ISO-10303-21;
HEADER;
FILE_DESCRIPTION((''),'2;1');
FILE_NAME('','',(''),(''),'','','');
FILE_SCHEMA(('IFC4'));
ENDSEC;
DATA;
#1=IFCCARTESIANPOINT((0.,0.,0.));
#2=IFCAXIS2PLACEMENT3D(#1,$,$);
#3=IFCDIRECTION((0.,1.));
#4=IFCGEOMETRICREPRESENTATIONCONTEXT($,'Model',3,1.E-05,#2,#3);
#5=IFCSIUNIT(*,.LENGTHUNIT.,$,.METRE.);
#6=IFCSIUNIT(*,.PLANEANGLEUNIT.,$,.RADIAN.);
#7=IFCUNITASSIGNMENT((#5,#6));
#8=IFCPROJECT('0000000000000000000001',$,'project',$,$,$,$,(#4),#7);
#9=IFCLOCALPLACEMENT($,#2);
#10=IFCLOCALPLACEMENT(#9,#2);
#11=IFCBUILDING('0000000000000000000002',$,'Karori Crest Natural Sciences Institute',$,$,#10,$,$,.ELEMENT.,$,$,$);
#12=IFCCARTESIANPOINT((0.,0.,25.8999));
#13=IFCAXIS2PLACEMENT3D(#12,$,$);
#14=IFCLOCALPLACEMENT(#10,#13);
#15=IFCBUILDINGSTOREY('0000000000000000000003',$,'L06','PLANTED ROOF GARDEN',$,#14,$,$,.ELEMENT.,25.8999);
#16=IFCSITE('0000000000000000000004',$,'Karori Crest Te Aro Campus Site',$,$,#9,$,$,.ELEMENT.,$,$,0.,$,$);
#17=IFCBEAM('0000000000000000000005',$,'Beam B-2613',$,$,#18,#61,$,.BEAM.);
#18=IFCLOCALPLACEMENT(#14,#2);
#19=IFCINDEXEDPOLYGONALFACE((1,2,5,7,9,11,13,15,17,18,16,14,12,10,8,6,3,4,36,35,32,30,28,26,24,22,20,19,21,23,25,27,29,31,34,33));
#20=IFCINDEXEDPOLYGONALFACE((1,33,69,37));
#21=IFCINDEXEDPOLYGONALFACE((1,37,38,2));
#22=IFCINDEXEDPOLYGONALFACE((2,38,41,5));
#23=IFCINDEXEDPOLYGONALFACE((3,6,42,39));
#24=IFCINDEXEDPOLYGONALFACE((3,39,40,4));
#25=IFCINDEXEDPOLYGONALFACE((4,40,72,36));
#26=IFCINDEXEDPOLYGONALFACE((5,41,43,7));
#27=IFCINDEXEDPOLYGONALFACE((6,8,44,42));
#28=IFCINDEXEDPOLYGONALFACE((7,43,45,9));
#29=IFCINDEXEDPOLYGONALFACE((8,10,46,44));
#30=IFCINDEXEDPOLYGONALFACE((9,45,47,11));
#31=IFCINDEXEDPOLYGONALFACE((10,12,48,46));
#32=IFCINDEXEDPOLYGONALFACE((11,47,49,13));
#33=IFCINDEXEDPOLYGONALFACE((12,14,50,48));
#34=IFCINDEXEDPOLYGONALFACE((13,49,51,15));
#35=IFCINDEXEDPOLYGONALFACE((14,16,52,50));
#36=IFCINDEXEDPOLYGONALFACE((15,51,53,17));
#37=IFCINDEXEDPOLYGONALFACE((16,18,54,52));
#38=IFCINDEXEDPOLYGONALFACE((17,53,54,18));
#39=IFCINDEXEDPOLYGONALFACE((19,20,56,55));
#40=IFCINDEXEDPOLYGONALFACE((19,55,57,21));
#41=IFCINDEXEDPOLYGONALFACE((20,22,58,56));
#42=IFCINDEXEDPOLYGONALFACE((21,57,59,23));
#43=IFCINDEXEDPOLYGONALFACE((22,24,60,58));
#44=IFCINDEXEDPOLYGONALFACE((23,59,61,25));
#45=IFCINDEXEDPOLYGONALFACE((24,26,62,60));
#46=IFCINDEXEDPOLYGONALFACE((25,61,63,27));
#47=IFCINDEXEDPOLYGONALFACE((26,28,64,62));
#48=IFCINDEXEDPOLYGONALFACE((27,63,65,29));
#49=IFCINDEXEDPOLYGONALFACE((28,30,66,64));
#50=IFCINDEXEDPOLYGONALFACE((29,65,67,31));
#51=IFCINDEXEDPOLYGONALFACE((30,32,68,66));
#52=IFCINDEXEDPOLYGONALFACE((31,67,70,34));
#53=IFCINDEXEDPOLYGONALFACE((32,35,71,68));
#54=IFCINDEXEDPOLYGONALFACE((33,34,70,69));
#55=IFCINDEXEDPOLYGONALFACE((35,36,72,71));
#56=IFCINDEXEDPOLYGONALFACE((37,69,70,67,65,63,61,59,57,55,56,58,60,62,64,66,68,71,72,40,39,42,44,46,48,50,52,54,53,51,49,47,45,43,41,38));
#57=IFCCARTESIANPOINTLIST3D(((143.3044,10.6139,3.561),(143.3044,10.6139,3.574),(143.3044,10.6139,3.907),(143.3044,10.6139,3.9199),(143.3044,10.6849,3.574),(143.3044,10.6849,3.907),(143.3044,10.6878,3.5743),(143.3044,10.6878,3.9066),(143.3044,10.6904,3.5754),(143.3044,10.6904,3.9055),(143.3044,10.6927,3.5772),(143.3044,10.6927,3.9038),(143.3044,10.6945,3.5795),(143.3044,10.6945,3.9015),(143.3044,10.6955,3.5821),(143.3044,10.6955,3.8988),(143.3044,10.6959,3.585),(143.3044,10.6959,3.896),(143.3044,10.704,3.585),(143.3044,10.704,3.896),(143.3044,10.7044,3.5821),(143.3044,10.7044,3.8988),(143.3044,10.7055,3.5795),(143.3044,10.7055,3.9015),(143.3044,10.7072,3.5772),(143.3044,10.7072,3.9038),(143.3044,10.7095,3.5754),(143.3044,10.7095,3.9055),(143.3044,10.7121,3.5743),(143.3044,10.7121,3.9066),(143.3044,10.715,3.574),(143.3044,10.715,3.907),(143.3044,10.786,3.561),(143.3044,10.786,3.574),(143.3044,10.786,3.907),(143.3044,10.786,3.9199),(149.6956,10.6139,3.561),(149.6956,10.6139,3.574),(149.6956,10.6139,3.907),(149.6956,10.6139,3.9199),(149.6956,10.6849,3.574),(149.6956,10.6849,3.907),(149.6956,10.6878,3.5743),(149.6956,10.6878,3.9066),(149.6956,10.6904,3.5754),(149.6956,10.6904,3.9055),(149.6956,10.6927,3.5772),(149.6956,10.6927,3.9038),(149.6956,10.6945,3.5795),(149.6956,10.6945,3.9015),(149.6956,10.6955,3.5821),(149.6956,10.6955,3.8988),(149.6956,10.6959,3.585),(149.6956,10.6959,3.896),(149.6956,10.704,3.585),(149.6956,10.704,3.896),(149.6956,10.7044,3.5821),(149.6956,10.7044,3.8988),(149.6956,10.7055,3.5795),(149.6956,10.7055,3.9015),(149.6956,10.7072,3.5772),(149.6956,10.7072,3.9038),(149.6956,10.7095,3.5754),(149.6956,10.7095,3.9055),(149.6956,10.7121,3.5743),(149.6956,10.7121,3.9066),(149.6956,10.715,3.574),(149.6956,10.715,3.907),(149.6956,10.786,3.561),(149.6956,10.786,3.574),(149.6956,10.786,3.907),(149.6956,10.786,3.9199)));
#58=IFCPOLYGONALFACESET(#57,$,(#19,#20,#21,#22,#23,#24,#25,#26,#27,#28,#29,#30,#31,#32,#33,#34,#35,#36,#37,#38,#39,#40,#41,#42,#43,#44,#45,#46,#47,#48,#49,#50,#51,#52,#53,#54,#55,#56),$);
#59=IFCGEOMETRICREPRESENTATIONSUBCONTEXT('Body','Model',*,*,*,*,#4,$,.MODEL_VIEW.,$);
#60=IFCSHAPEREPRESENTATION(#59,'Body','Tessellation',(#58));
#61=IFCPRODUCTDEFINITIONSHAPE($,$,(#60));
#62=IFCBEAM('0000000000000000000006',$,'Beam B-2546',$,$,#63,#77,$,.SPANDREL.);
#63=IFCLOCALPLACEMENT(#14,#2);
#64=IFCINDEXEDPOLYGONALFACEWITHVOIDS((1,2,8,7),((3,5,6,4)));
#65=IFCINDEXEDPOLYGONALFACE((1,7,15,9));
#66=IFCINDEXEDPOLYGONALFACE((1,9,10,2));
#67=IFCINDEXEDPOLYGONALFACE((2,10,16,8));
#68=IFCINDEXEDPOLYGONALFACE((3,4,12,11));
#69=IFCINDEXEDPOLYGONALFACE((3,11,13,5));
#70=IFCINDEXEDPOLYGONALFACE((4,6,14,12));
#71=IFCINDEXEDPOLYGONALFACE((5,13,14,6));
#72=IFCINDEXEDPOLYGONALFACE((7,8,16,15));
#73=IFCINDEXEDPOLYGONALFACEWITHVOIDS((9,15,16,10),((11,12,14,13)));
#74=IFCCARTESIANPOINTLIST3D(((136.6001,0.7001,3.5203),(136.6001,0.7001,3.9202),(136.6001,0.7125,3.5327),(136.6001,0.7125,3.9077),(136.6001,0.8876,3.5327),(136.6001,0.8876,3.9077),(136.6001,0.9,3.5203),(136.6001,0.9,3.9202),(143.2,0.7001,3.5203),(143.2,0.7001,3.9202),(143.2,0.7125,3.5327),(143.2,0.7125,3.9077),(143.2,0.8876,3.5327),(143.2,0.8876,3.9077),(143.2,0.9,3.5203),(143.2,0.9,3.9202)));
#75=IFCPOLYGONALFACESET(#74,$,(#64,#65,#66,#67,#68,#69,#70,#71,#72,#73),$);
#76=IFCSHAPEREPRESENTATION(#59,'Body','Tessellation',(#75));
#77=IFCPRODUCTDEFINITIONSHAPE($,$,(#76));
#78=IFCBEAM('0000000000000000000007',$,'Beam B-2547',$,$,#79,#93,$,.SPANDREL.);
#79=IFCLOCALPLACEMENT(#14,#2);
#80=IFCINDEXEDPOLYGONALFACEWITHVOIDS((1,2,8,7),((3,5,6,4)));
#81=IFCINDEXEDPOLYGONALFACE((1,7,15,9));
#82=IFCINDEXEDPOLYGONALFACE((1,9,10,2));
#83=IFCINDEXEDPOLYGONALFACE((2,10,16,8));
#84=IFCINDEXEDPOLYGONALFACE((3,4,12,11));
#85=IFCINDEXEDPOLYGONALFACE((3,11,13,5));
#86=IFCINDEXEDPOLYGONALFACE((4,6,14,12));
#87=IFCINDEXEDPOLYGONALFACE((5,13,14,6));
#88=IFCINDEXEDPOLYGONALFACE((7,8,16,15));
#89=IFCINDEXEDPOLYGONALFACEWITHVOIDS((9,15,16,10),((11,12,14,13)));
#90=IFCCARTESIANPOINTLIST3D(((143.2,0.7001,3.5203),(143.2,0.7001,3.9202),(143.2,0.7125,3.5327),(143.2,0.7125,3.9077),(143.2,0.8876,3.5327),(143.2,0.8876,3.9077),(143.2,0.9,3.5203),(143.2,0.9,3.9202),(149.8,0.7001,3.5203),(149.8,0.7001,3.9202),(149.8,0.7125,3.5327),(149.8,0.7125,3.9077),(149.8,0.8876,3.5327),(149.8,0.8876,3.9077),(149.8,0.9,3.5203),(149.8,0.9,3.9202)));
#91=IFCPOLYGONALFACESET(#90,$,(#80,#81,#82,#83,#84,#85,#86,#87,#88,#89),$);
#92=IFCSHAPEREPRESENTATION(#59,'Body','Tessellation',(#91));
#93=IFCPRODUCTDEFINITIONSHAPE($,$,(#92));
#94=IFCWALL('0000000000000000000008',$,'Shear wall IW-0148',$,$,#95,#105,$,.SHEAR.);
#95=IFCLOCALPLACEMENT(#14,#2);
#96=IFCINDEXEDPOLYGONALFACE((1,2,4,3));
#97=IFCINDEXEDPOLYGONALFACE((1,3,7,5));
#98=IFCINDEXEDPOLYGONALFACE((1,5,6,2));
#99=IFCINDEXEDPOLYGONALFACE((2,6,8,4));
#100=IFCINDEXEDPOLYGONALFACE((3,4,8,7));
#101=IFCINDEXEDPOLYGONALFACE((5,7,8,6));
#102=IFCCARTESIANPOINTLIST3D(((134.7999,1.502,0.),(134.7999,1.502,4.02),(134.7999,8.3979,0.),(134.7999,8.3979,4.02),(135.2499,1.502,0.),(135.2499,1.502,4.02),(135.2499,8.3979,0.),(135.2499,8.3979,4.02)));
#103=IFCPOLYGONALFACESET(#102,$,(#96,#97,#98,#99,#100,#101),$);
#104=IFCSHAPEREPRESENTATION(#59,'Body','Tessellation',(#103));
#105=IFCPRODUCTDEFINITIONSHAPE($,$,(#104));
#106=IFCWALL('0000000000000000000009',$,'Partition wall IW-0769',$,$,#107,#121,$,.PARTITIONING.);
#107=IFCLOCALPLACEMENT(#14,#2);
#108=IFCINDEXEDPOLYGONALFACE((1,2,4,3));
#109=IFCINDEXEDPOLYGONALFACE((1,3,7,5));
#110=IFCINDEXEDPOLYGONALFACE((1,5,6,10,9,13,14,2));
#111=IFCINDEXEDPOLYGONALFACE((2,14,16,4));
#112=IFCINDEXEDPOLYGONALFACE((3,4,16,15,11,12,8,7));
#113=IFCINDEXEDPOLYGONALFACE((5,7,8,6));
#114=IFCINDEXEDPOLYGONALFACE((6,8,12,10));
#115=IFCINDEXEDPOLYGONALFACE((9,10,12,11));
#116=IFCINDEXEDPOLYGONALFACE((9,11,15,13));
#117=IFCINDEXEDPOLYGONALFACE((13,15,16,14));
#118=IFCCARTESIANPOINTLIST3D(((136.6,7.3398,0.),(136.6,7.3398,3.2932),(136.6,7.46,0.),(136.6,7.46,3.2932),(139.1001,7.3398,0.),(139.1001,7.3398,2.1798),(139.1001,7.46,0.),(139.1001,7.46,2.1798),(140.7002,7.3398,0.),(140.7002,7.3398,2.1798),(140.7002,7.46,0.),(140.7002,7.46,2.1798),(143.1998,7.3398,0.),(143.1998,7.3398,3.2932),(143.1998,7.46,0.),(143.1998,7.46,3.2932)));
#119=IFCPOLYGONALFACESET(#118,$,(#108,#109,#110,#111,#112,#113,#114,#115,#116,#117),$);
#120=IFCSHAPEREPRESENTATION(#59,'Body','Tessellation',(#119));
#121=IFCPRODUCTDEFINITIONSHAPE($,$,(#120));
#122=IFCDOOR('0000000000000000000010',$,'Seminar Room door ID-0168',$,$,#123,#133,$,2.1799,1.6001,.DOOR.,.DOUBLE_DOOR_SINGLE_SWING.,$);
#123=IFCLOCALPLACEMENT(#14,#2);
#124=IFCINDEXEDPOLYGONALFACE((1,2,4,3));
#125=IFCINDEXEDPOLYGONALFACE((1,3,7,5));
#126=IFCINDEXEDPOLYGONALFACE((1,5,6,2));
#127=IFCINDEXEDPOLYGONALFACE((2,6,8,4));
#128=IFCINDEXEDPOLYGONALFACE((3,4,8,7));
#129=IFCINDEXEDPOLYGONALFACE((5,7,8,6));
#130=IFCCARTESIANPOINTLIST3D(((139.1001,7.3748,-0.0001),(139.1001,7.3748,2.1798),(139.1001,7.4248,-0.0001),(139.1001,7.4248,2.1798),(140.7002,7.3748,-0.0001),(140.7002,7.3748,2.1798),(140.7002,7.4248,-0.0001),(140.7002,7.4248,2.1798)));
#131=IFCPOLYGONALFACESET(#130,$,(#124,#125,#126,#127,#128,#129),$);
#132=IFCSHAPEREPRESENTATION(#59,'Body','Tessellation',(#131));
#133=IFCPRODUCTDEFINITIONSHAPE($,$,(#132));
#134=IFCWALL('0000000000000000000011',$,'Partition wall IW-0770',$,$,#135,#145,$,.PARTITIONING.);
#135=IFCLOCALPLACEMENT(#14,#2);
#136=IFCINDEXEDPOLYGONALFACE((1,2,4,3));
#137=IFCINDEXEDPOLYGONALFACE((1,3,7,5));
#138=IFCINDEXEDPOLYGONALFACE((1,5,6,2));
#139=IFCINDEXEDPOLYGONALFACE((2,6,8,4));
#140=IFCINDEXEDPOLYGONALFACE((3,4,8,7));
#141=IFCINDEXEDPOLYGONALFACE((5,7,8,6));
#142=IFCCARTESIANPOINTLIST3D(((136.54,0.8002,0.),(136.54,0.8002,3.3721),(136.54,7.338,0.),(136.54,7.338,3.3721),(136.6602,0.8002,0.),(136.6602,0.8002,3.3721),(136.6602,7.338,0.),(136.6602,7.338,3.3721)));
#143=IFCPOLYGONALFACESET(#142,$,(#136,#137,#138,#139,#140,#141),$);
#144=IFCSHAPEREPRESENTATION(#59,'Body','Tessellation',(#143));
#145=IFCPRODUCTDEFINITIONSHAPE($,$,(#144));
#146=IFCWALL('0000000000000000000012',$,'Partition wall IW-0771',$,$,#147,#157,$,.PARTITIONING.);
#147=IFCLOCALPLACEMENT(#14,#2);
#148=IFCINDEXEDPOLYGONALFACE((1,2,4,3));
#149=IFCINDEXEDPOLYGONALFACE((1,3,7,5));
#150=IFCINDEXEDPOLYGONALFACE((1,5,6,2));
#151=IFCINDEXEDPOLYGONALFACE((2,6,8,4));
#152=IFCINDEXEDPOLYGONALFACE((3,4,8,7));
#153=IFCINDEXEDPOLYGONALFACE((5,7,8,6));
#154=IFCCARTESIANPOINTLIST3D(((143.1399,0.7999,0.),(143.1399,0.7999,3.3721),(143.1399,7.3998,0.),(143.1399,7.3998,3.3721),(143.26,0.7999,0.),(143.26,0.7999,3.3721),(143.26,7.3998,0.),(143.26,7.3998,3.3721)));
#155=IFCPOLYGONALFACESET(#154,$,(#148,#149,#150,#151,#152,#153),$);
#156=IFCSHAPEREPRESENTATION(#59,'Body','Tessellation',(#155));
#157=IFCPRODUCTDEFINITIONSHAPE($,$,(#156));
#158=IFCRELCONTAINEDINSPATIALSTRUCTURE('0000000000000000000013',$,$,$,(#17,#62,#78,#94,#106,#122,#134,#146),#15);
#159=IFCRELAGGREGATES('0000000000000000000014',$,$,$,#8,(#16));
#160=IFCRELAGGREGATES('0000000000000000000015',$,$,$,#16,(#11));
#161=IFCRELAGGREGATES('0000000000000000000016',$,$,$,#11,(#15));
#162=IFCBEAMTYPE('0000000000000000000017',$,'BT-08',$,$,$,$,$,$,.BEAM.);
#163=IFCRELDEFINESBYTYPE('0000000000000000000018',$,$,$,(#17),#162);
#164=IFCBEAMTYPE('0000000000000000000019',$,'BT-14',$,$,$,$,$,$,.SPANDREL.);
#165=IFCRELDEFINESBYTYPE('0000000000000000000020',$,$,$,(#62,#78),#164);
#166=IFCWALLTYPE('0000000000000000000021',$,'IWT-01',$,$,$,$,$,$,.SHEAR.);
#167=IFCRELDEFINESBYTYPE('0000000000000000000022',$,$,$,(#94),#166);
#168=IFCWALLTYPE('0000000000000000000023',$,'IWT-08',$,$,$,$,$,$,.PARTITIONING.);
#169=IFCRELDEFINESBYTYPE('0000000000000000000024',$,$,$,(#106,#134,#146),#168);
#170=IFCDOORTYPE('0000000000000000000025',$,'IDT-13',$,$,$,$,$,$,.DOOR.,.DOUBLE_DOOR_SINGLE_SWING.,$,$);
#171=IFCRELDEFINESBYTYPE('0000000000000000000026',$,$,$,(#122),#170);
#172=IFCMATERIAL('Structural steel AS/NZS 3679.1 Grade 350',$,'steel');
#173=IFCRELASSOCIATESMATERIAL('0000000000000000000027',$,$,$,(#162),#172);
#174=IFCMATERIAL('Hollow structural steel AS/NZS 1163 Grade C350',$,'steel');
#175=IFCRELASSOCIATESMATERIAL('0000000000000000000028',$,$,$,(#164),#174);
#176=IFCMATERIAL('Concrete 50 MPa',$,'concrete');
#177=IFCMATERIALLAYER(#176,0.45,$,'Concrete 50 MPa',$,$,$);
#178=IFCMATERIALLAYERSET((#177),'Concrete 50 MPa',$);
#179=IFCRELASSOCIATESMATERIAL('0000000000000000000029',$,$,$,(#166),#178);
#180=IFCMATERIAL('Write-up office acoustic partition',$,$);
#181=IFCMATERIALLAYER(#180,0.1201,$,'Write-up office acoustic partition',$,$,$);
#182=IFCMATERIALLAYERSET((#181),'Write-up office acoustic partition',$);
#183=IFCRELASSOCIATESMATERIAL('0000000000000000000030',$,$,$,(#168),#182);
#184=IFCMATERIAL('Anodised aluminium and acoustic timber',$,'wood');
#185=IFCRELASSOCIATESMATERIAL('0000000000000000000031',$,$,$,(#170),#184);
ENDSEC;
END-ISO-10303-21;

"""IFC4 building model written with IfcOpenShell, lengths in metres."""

from ifc_helpers import new_model, si_unit, direction, frame, frame_2d, origin, origin_2d, place, context, subcontext, project, spatial, rectangle, hollow_rectangle, i_section, extrude, material, layer, layer_set, material_profile, profile_set, type_object, element, fill, save


model = new_model("IFC4")

# Units and contexts
model_context = context("Model", 3, precision=1e-05, world=origin(), true_north=direction((0.0, 1.0)))
body_context = subcontext(model_context, "Body", "Model", "MODEL_VIEW")
ifc_project = project(units=[si_unit("LENGTHUNIT", "METRE"), si_unit("PLANEANGLEUNIT", "RADIAN")], contexts=[model_context])

# Site, building, storey
site_placement = place(None, origin())
site = spatial("IfcSite", under=ifc_project, at=site_placement, Name="Karori Crest Te Aro Campus Site", CompositionType="ELEMENT", RefElevation=0.0)
building_placement = place(site_placement, origin())
building = spatial("IfcBuilding", under=site, at=building_placement, Name="Karori Crest Natural Sciences Institute", CompositionType="ELEMENT")
storey_placement = place(building_placement, frame((0.0, 0.0, 25.8999)))
storey = spatial("IfcBuildingStorey", under=building, at=storey_placement, Name="L06", Description="PLANTED ROOF GARDEN", CompositionType="ELEMENT", Elevation=25.8999)

# Shared definitions
ifc_material_1 = material(Name="Structural steel AS/NZS 3679.1 Grade 350", Category="steel")

# Beams
ifc_material_profile_1 = material_profile(ifc_material_1, i_section(OverallWidth=0.1721, OverallDepth=0.3589, WebThickness=0.0081, FlangeThickness=0.0129, FilletRadius=0.011, at=origin_2d()), Name="360UB56.7")
ifc_profile_set_1 = profile_set([ifc_material_profile_1], Name="Structural steel AS/NZS 3679.1 Grade 350")
beam_type_1 = type_object("IfcBeamType", Name="BT-08", PredefinedType="BEAM", material=ifc_profile_set_1)
for number, where, z_axis, x_axis, name in (
    (1, (143.3044, 10.7, 3.7405), (1.0, 0.0, 0.0), (0.0, 1.0, 0.0), "Beam B-2613"),
):
    element("IfcBeam", number, at=place(storey_placement, frame(where, z_axis=z_axis, x_axis=x_axis)), inside=storey, type_object=beam_type_1, Name=name, PredefinedType="BEAM", context=body_context, shape_type="SweptSolid", body=[
        extrude(i_section(OverallWidth=0.1721, OverallDepth=0.3589, WebThickness=0.0081, FlangeThickness=0.0129, FilletRadius=0.011, at=origin_2d()), origin(), (0.0, 0.0, 1.0), 6.3911),
    ])
ifc_material_2 = material(Name="Hollow structural steel AS/NZS 1163 Grade C350", Category="steel")
ifc_material_profile_2 = material_profile(ifc_material_2, hollow_rectangle(XDim=0.2, YDim=0.3999, WallThickness=0.0125, at=origin_2d()), Name="RHS400x200x12.5")
ifc_profile_set_2 = profile_set([ifc_material_profile_2], Name="Hollow structural steel AS/NZS 1163 Grade C350")
beam_type_2 = type_object("IfcBeamType", Name="BT-14", PredefinedType="SPANDREL", material=ifc_profile_set_2)
beam_1_placement = place(storey_placement, frame((136.6001, 0.8, 3.7202), z_axis=(1.0, 0.0, 0.0), x_axis=(0.0, 1.0, 0.0)))
element("IfcBeam", 2, at=beam_1_placement, inside=storey, type_object=beam_type_2, Name="Beam B-2546", PredefinedType="SPANDREL", context=body_context, shape_type="SweptSolid", body=[
    extrude(hollow_rectangle(XDim=0.2, YDim=0.3999, WallThickness=0.0125, at=origin_2d()), origin(), (0.0, 0.0, 1.0), 6.5999),
])
beam_2_placement = place(storey_placement, frame((143.2, 0.8, 3.7202), z_axis=(1.0, 0.0, 0.0), x_axis=(0.0, 1.0, 0.0)))
element("IfcBeam", 3, at=beam_2_placement, inside=storey, type_object=beam_type_2, Name="Beam B-2547", PredefinedType="SPANDREL", context=body_context, shape_type="SweptSolid", body=[
    extrude(hollow_rectangle(XDim=0.2, YDim=0.3999, WallThickness=0.0125, at=origin_2d()), origin(), (0.0, 0.0, 1.0), 6.6001),
])

# Wall
ifc_material_3 = material(Name="Concrete 50 MPa", Category="concrete")
ifc_layer_1 = layer(ifc_material_3, 0.45, Name="Concrete 50 MPa")
ifc_layer_set_1 = layer_set([ifc_layer_1], Name="Concrete 50 MPa")
wall_type_1 = type_object("IfcWallType", Name="IWT-01", PredefinedType="SHEAR", material=ifc_layer_set_1)
wall_1_placement = place(storey_placement, frame((135.0249, 1.502, 0.0), z_axis=(0.0, 0.0, 1.0), x_axis=(0.0, 1.0, 0.0)))
element("IfcWall", 4, at=wall_1_placement, inside=storey, type_object=wall_type_1, Name="Shear wall IW-0148", PredefinedType="SHEAR", context=body_context, shape_type="SweptSolid", body=[
    extrude(rectangle(XDim=6.896, YDim=0.45, at=frame_2d((3.448, 0.0))), origin(), (0.0, 0.0, 1.0), 4.02),
])

# Wall, opening, door
ifc_material_4 = material(Name="Write-up office acoustic partition")
ifc_layer_2 = layer(ifc_material_4, 0.1201, Name="Write-up office acoustic partition")
ifc_layer_set_2 = layer_set([ifc_layer_2], Name="Write-up office acoustic partition")
wall_type_2 = type_object("IfcWallType", Name="IWT-08", PredefinedType="PARTITIONING", material=ifc_layer_set_2)
wall_2_placement = place(storey_placement, frame((136.6001, 7.3999, 0.0), z_axis=(0.0, 0.0, 1.0), x_axis=(1.0, 0.0, 0.0)))
wall_2 = element("IfcWall", 5, at=wall_2_placement, inside=storey, type_object=wall_type_2, Name="Partition wall IW-0769", PredefinedType="PARTITIONING", context=body_context, shape_type="SweptSolid", body=[
    extrude(rectangle(XDim=6.5999, YDim=0.1201, at=frame_2d((3.2998, 0.0))), origin(), (0.0, 0.0, 1.0), 3.2932),
])
opening_1_placement = place(wall_2_placement, frame((2.5, 0.0, 0.0)))
opening_1 = element("IfcOpeningElement", 6, at=opening_1_placement, cuts=wall_2, PredefinedType="OPENING", context=body_context, shape_type="SweptSolid", body=[
    extrude(rectangle(XDim=1.6001, YDim=2.1799, at=frame_2d((0.8, 1.0898))), frame((0.0, 0.0701, 0.0), z_axis=(0.0, -1.0, 0.0), x_axis=(1.0, 0.0, 0.0)), (0.0, 0.0, 1.0), 0.1401),
])
ifc_material_5 = material(Name="Anodised aluminium and acoustic timber", Category="wood")
door_type_1 = type_object("IfcDoorType", Name="IDT-13", OperationType="DOUBLE_DOOR_SINGLE_SWING", PredefinedType="DOOR", material=ifc_material_5)
door_1_placement = place(opening_1_placement, origin())
door_1 = element("IfcDoor", 7, at=door_1_placement, inside=storey, type_object=door_type_1, Name="Seminar Room door ID-0168", OperationType="DOUBLE_DOOR_SINGLE_SWING", OverallHeight=2.1799, OverallWidth=1.6001, PredefinedType="DOOR", context=body_context, shape_type="SweptSolid", body=[
    extrude(rectangle(XDim=1.6001, YDim=2.1799, at=frame_2d((0.8, 1.0898))), frame((0.0, 0.0249, 0.0), z_axis=(0.0, -1.0, 0.0), x_axis=(1.0, 0.0, 0.0)), (0.0, 0.0, 1.0), 0.05),
])
fill(opening_1, door_1)

# Walls
wall_3_placement = place(storey_placement, frame((136.6001, 0.8, 0.0), z_axis=(0.0, 0.0, 1.0), x_axis=(0.0, 1.0, 0.0)))
element("IfcWall", 8, at=wall_3_placement, inside=storey, type_object=wall_type_2, Name="Partition wall IW-0770", PredefinedType="PARTITIONING", context=body_context, shape_type="SweptSolid", body=[
    extrude(rectangle(XDim=6.5378, YDim=0.1201, at=frame_2d((3.269, 0.0))), origin(), (0.0, 0.0, 1.0), 3.3721),
])
wall_4_placement = place(storey_placement, frame((143.2, 0.8, 0.0), z_axis=(0.0, 0.0, 1.0), x_axis=(0.0, 1.0, 0.0)))
element("IfcWall", 9, at=wall_4_placement, inside=storey, type_object=wall_type_2, Name="Partition wall IW-0771", PredefinedType="PARTITIONING", context=body_context, shape_type="SweptSolid", body=[
    extrude(rectangle(XDim=6.5999, YDim=0.1201, at=frame_2d((3.2998, 0.0))), origin(), (0.0, 0.0, 1.0), 3.3721),
])

save(model, "model.ifc")
